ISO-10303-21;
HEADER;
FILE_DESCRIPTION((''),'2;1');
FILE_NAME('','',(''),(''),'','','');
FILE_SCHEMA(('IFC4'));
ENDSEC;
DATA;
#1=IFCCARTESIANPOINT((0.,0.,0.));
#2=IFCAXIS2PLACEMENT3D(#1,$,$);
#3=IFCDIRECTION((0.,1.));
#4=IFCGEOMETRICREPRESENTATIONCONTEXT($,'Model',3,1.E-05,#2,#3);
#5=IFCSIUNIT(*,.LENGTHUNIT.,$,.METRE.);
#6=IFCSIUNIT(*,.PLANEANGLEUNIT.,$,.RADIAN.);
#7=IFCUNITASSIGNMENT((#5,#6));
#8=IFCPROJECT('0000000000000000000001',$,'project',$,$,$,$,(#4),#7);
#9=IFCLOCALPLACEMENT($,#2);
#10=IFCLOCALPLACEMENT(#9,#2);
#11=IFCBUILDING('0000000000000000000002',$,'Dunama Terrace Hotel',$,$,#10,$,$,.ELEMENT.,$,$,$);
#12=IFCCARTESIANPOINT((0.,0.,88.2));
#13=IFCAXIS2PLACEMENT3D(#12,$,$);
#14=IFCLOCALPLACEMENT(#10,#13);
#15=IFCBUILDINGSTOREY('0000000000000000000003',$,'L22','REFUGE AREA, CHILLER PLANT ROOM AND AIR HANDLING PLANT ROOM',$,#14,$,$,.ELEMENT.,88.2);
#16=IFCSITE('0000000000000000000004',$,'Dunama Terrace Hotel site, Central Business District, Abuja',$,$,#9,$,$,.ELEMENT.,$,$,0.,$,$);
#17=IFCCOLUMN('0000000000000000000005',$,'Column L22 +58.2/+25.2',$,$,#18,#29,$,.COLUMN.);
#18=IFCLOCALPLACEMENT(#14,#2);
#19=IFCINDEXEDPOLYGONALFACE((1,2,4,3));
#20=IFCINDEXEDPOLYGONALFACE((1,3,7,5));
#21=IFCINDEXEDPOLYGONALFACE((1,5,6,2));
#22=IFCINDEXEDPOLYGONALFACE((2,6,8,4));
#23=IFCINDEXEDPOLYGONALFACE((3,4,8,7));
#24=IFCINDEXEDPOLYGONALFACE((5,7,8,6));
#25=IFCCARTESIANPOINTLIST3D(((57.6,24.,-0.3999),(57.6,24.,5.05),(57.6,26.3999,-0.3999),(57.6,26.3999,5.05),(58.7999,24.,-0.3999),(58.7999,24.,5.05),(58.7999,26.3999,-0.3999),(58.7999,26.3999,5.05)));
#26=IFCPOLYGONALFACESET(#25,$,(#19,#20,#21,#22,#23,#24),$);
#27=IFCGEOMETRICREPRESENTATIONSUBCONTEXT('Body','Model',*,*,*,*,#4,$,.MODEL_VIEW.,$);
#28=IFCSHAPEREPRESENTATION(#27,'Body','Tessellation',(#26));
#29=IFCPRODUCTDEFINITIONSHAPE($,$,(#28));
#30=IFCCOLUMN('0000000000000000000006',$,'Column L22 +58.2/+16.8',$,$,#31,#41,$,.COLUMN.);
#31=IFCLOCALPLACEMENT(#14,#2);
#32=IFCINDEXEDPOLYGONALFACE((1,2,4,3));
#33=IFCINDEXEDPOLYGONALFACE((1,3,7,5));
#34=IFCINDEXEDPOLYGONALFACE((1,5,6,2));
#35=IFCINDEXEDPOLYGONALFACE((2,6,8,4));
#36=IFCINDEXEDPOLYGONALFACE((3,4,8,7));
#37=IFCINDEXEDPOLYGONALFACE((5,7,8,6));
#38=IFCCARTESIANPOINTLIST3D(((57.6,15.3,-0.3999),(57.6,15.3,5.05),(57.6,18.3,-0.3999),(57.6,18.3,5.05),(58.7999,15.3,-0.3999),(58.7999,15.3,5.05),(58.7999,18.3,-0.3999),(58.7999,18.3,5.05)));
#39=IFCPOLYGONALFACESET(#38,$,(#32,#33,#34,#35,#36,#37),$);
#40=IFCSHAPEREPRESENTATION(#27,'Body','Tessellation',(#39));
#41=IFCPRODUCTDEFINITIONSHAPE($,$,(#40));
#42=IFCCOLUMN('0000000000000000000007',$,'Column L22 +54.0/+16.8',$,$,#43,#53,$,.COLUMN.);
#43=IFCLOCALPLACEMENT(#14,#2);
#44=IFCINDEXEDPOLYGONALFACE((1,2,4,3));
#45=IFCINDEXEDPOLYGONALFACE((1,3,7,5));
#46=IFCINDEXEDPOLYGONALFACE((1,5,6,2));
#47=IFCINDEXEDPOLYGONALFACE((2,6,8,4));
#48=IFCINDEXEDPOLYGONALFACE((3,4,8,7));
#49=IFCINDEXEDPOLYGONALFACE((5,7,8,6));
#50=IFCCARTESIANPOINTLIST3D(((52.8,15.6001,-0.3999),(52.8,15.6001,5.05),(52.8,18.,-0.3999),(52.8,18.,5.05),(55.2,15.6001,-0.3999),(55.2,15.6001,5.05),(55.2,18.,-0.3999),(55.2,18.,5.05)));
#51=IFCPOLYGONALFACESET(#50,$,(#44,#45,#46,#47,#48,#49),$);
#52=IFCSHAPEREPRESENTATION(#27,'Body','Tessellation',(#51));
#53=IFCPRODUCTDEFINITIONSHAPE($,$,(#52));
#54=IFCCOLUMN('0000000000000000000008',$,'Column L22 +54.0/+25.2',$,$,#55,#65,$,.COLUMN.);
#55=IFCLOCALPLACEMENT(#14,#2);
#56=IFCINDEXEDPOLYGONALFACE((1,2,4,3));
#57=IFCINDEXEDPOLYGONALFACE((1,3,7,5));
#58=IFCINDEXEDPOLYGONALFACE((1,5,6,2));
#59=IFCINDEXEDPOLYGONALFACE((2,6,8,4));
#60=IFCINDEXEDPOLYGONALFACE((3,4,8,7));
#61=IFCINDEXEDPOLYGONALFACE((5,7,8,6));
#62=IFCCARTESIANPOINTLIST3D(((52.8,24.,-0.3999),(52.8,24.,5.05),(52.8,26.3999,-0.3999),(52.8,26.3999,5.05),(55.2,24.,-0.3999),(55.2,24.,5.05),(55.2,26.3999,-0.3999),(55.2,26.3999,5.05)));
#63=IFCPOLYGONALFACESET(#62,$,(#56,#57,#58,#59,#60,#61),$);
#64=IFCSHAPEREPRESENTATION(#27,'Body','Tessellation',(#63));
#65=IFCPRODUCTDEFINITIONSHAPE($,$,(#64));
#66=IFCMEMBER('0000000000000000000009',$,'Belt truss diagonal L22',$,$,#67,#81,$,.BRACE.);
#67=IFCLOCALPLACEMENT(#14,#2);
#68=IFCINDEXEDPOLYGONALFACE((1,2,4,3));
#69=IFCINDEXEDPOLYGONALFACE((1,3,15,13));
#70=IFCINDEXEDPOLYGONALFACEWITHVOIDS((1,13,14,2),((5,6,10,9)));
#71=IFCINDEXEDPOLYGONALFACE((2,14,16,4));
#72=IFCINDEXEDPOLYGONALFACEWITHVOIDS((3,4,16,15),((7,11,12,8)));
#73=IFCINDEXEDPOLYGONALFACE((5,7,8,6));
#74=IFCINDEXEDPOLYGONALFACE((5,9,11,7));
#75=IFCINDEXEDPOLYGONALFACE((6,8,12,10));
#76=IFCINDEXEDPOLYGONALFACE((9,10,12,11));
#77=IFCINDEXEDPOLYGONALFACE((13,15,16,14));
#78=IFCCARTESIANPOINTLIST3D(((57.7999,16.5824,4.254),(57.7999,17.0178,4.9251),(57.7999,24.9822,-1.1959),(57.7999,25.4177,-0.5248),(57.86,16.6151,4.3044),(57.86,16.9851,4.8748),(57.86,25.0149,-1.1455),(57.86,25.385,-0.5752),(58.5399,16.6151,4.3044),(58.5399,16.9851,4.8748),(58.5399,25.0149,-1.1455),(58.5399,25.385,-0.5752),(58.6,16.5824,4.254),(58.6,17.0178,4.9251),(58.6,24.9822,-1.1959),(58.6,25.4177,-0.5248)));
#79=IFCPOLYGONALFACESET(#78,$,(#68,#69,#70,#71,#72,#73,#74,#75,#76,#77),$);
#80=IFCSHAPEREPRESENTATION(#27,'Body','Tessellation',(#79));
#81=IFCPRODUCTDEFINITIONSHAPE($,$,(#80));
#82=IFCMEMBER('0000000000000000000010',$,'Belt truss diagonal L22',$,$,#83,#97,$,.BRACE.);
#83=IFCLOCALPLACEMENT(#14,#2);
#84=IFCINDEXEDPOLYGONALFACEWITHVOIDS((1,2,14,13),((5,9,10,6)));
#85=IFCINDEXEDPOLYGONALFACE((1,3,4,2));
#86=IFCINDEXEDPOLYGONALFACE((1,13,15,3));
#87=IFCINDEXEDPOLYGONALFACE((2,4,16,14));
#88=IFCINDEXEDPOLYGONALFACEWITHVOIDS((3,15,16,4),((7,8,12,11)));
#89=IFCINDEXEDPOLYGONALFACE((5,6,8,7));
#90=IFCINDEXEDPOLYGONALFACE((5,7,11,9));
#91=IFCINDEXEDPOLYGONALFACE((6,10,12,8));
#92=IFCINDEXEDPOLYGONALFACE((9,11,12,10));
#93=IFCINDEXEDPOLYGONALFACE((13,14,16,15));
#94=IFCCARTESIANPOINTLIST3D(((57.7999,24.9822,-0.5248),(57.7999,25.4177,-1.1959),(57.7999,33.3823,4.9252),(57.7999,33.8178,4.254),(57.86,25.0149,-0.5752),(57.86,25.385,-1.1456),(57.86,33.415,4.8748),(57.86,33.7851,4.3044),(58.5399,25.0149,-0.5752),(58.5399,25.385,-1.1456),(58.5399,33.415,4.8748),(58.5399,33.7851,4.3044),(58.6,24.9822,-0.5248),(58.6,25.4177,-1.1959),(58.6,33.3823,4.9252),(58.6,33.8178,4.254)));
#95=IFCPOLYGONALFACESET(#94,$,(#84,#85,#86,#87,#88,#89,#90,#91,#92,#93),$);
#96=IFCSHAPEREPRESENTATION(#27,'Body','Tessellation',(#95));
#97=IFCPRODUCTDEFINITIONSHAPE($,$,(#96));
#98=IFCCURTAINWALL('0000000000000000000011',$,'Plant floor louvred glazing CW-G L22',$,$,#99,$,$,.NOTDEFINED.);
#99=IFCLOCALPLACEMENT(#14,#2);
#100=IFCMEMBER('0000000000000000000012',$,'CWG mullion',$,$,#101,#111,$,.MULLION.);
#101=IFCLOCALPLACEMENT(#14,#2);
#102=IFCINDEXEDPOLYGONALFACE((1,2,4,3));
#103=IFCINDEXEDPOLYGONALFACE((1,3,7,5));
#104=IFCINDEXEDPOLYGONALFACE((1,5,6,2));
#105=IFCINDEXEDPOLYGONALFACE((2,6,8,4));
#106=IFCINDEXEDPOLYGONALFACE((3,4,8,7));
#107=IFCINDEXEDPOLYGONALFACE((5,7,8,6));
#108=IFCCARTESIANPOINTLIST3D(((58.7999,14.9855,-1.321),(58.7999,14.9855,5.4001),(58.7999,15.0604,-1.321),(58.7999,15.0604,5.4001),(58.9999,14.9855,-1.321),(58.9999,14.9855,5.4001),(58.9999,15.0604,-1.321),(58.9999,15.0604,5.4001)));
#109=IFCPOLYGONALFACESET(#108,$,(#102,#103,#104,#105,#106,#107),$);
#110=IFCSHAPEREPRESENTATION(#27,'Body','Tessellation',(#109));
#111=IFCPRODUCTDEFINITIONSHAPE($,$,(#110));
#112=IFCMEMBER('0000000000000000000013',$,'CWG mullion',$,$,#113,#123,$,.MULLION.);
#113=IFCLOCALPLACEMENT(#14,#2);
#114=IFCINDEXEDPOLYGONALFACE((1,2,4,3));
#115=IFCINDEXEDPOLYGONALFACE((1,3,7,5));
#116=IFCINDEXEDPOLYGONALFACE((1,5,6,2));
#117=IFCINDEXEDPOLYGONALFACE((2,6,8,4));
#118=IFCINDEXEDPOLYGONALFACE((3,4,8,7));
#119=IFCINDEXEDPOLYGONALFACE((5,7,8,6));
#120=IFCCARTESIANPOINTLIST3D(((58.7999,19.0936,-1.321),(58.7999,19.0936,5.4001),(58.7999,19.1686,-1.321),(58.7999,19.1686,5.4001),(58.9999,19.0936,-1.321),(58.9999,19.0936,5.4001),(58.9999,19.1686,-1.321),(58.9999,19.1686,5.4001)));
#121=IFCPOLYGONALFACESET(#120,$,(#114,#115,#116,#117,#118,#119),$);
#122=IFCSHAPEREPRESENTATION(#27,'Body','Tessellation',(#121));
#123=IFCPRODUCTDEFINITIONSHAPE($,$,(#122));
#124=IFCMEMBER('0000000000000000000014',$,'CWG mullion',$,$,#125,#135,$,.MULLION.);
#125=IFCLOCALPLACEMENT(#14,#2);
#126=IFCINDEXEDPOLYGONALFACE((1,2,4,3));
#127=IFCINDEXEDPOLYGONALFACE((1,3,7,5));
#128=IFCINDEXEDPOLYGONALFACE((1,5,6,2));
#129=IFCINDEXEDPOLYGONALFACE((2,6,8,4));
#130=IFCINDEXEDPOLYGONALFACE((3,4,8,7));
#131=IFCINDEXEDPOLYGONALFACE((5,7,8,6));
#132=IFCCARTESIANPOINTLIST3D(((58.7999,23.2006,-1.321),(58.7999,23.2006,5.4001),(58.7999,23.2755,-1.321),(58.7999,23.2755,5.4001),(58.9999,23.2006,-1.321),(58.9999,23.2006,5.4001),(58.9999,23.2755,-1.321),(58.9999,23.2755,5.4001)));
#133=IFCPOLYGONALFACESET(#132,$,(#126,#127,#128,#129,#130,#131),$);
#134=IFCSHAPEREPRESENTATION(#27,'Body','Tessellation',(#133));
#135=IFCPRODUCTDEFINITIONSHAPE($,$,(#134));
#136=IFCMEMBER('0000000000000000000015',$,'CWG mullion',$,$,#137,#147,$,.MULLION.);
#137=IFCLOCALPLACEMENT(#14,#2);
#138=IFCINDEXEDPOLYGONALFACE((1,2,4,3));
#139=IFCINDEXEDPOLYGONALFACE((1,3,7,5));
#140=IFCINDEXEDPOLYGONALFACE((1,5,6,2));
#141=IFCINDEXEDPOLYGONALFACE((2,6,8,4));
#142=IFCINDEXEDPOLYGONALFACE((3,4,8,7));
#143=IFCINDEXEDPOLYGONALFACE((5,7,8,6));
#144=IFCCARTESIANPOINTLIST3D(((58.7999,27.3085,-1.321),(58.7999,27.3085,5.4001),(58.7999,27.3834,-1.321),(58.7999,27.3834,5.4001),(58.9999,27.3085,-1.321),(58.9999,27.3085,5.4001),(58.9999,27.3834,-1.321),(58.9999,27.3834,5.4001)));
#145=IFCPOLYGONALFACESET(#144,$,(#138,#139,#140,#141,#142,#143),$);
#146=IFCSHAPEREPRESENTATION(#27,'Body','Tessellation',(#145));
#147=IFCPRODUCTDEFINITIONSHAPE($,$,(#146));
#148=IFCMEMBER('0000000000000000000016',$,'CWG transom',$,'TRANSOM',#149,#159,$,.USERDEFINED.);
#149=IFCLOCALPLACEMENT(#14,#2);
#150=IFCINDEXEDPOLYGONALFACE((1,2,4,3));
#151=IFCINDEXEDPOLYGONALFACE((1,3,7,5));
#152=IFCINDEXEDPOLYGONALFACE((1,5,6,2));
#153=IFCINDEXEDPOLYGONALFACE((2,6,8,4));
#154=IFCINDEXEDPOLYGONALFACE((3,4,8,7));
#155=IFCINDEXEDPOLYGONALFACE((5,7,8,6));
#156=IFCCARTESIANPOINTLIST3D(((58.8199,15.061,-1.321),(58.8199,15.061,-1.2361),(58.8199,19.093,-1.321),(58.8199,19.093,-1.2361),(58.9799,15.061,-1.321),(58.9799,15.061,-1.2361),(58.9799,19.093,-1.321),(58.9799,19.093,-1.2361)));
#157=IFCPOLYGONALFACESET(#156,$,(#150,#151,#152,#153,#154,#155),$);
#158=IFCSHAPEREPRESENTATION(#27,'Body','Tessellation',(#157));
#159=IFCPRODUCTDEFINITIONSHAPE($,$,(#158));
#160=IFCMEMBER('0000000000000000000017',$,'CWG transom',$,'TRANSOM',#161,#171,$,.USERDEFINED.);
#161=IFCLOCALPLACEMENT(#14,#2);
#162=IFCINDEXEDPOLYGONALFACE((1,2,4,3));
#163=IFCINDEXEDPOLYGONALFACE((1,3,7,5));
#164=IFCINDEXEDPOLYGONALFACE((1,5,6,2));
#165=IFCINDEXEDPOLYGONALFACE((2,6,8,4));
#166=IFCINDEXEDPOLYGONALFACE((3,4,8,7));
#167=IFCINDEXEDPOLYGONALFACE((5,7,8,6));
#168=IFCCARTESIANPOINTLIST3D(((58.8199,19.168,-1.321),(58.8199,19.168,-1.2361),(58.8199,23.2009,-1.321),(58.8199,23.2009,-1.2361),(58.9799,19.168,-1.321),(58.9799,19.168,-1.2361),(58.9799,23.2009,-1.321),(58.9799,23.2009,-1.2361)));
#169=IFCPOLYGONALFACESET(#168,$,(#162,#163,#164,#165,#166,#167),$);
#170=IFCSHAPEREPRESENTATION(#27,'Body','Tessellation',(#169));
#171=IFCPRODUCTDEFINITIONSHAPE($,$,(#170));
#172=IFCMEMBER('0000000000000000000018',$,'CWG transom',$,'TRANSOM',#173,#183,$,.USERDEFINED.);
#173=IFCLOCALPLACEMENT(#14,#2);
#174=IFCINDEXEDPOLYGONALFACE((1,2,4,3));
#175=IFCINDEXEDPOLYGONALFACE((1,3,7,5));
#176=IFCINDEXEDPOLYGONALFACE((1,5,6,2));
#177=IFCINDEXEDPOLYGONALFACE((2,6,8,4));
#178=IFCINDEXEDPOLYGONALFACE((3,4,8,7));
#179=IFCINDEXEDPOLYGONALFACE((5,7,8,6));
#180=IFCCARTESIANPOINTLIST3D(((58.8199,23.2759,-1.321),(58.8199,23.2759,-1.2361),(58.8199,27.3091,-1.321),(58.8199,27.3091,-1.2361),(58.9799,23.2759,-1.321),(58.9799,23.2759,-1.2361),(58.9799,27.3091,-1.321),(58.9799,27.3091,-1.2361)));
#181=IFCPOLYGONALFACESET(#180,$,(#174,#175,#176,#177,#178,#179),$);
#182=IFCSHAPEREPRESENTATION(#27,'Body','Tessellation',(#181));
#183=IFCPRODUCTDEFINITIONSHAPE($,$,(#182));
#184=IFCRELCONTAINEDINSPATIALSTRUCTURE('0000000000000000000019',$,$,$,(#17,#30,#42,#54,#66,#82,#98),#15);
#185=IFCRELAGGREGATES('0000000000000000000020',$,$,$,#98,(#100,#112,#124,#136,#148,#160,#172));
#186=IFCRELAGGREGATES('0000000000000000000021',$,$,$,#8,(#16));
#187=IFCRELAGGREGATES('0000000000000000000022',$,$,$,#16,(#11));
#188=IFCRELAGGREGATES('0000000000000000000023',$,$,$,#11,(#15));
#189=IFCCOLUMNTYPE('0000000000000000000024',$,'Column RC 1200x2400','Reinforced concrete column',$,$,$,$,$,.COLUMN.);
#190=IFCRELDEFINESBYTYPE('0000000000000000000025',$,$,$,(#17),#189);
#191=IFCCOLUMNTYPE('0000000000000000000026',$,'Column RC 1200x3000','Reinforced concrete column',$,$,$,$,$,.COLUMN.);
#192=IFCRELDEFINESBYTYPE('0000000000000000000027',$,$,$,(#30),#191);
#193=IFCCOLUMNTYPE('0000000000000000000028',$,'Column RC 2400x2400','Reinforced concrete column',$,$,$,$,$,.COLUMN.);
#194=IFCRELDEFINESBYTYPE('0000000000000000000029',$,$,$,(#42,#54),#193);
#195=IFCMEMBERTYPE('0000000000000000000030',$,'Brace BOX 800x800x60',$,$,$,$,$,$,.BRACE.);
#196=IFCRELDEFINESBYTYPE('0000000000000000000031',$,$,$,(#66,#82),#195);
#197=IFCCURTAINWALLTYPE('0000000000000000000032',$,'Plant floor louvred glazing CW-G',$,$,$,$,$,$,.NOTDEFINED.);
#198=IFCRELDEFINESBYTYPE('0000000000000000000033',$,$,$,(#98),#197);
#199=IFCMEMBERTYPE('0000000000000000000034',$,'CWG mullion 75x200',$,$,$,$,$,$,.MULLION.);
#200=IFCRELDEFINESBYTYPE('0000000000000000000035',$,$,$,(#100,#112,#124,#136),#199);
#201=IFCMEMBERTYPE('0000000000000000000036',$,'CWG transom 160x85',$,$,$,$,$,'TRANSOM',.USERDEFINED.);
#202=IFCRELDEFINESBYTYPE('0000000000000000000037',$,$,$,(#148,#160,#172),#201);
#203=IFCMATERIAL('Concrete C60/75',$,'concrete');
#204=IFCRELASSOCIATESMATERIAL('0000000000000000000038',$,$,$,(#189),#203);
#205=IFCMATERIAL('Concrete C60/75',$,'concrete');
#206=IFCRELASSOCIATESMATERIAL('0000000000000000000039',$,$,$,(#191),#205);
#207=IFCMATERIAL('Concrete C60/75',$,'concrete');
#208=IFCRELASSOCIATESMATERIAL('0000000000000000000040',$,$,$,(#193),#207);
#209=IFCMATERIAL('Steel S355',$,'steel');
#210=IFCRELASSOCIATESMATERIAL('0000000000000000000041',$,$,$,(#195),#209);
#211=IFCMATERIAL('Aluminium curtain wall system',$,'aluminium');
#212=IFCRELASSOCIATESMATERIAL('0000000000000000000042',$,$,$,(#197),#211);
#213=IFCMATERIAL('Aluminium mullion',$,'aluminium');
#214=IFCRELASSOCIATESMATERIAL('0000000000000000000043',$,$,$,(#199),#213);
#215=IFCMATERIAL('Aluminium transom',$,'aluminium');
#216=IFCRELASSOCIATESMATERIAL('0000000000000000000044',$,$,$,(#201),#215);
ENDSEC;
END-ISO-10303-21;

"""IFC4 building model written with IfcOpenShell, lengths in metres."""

from ifc_helpers import new_model, si_unit, direction, frame, origin, origin_2d, place, context, subcontext, project, spatial, rectangle, hollow_rectangle, extrude, material, material_profile, profile_set, type_object, element, aggregate, save


model = new_model("IFC4")

# Units and contexts
model_context = context("Model", 3, precision=1e-05, world=origin(), true_north=direction((0.0, 1.0)))
body_context = subcontext(model_context, "Body", "Model", "MODEL_VIEW")
ifc_project = project(units=[si_unit("LENGTHUNIT", "METRE"), si_unit("PLANEANGLEUNIT", "RADIAN")], contexts=[model_context])

# Site, building, storey
site_placement = place(None, origin())
site = spatial("IfcSite", under=ifc_project, at=site_placement, Name="Dunama Terrace Hotel site, Central Business District, Abuja", CompositionType="ELEMENT", RefElevation=0.0)
building_placement = place(site_placement, origin())
building = spatial("IfcBuilding", under=site, at=building_placement, Name="Dunama Terrace Hotel", CompositionType="ELEMENT")
storey_placement = place(building_placement, frame((0.0, 0.0, 88.2)))
storey = spatial("IfcBuildingStorey", under=building, at=storey_placement, Name="L22", Description="REFUGE AREA, CHILLER PLANT ROOM AND AIR HANDLING PLANT ROOM", CompositionType="ELEMENT", Elevation=88.2)

# Columns
ifc_material_1 = material(Name="Concrete C60/75", Category="concrete")
ifc_material_profile_1 = material_profile(ifc_material_1, rectangle(XDim=1.2, YDim=2.3999, at=origin_2d()), Name="RC 1200x2400")
ifc_profile_set_1 = profile_set([ifc_material_profile_1], Name="Concrete C60/75")
column_type_1 = type_object("IfcColumnType", Name="Column RC 1200x2400", Description="Reinforced concrete column", PredefinedType="COLUMN", material=ifc_profile_set_1)
column_1_placement = place(storey_placement, frame((58.2, 25.2, -0.3999), z_axis=(0.0, 0.0, 1.0), x_axis=(1.0, 0.0, 0.0)))
element("IfcColumn", 1, at=column_1_placement, inside=storey, type_object=column_type_1, Name="Column L22 +58.2/+25.2", PredefinedType="COLUMN", context=body_context, shape_type="SweptSolid", body=[
    extrude(rectangle(XDim=1.2, YDim=2.3999, at=origin_2d()), origin(), (0.0, 0.0, 1.0), 5.45),
])
ifc_material_2 = material(Name="Concrete C60/75", Category="concrete")
ifc_material_profile_2 = material_profile(ifc_material_2, rectangle(XDim=1.2, YDim=3.0, at=origin_2d()), Name="RC 1200x3000")
ifc_profile_set_2 = profile_set([ifc_material_profile_2], Name="Concrete C60/75")
column_type_2 = type_object("IfcColumnType", Name="Column RC 1200x3000", Description="Reinforced concrete column", PredefinedType="COLUMN", material=ifc_profile_set_2)
column_2_placement = place(storey_placement, frame((58.2, 16.8, -0.3999), z_axis=(0.0, 0.0, 1.0), x_axis=(1.0, 0.0, 0.0)))
element("IfcColumn", 2, at=column_2_placement, inside=storey, type_object=column_type_2, Name="Column L22 +58.2/+16.8", PredefinedType="COLUMN", context=body_context, shape_type="SweptSolid", body=[
    extrude(rectangle(XDim=1.2, YDim=3.0, at=origin_2d()), origin(), (0.0, 0.0, 1.0), 5.45),
])
ifc_material_3 = material(Name="Concrete C60/75", Category="concrete")
ifc_material_profile_3 = material_profile(ifc_material_3, rectangle(XDim=2.3999, YDim=2.3999, at=origin_2d()), Name="RC 2400x2400")
ifc_profile_set_3 = profile_set([ifc_material_profile_3], Name="Concrete C60/75")
column_type_3 = type_object("IfcColumnType", Name="Column RC 2400x2400", Description="Reinforced concrete column", PredefinedType="COLUMN", material=ifc_profile_set_3)
for number, where, z_axis, x_axis, name in (
    (3, (54.0, 16.8, -0.3999), (0.0, 0.0, 1.0), (1.0, 0.0, 0.0), "Column L22 +54.0/+16.8"),
    (4, (54.0, 25.2, -0.3999), (0.0, 0.0, 1.0), (1.0, 0.0, 0.0), "Column L22 +54.0/+25.2"),
):
    element("IfcColumn", number, at=place(storey_placement, frame(where, z_axis=z_axis, x_axis=x_axis)), inside=storey, type_object=column_type_3, Name=name, PredefinedType="COLUMN", context=body_context, shape_type="SweptSolid", body=[
        extrude(rectangle(XDim=2.3999, YDim=2.3999, at=origin_2d()), origin(), (0.0, 0.0, 1.0), 5.45),
    ])

# Members
ifc_material_4 = material(Name="Steel S355", Category="steel")
ifc_material_profile_4 = material_profile(ifc_material_4, hollow_rectangle(XDim=0.8, YDim=0.8, WallThickness=0.0601, at=origin_2d()), Name="BOX 800x800x60")
ifc_profile_set_4 = profile_set([ifc_material_profile_4], Name="Steel S355")
member_type_1 = type_object("IfcMemberType", Name="Brace BOX 800x800x60", PredefinedType="BRACE", material=ifc_profile_set_4)
member_1_placement = place(storey_placement, frame((58.2, 25.2, -0.8604), z_axis=(0.0, -0.838899, 0.544287), x_axis=(1.0, 0.0, 0.0)))
element("IfcMember", 5, at=member_1_placement, inside=storey, type_object=member_type_1, Name="Belt truss diagonal L22", PredefinedType="BRACE", context=body_context, shape_type="SweptSolid", body=[
    extrude(hollow_rectangle(XDim=0.8, YDim=0.8, WallThickness=0.0601, at=origin_2d()), origin(), (0.0, 0.0, 1.0), 10.0129),
])
member_2_placement = place(storey_placement, frame((58.2, 25.2, -0.8604), z_axis=(0.0, 0.838906, 0.544276), x_axis=(-1.0, 0.0, 0.0)))
element("IfcMember", 6, at=member_2_placement, inside=storey, type_object=member_type_1, Name="Belt truss diagonal L22", PredefinedType="BRACE", context=body_context, shape_type="SweptSolid", body=[
    extrude(hollow_rectangle(XDim=0.8, YDim=0.8, WallThickness=0.0601, at=origin_2d()), origin(), (0.0, 0.0, 1.0), 10.0132),
])

# Curtain wall, members
ifc_material_5 = material(Name="Aluminium curtain wall system", Category="aluminium")
curtain_wall_type = type_object("IfcCurtainWallType", Name="Plant floor louvred glazing CW-G", PredefinedType="NOTDEFINED", material=ifc_material_5)
curtain_wall_placement = place(storey_placement, origin())
curtain_wall = element("IfcCurtainWall", 7, at=curtain_wall_placement, inside=storey, type_object=curtain_wall_type, Name="Plant floor louvred glazing CW-G L22", PredefinedType="NOTDEFINED")
ifc_material_6 = material(Name="Aluminium mullion", Category="aluminium")
ifc_material_profile_5 = material_profile(ifc_material_6, rectangle(XDim=0.075, YDim=0.2, at=origin_2d()), Name="CWG MULLION 75X200")
ifc_profile_set_5 = profile_set([ifc_material_profile_5], Name="Aluminium mullion")
member_type_2 = type_object("IfcMemberType", Name="CWG mullion 75x200", PredefinedType="MULLION", material=ifc_profile_set_5)
member_3_placement = place(storey_placement, frame((58.8999, 15.0229, -1.321), z_axis=(0.0, 0.0, 1.0), x_axis=(0.0, 1.0, 0.0)))
member_3 = element("IfcMember", 8, at=member_3_placement, type_object=member_type_2, Name="CWG mullion", PredefinedType="MULLION", context=body_context, shape_type="SweptSolid", body=[
    extrude(rectangle(XDim=0.075, YDim=0.2, at=origin_2d()), origin(), (0.0, 0.0, 1.0), 6.7212),
])
member_4_placement = place(storey_placement, frame((58.8999, 19.1311, -1.321), z_axis=(0.0, 0.0, 1.0), x_axis=(0.0, 1.0, 0.0)))
member_4 = element("IfcMember", 9, at=member_4_placement, type_object=member_type_2, Name="CWG mullion", PredefinedType="MULLION", context=body_context, shape_type="SweptSolid", body=[
    extrude(rectangle(XDim=0.075, YDim=0.2, at=origin_2d()), origin(), (0.0, 0.0, 1.0), 6.7212),
])
member_5_placement = place(storey_placement, frame((58.8999, 23.238, -1.321), z_axis=(0.0, 0.0, 1.0), x_axis=(0.0, 1.0, 0.0)))
member_5 = element("IfcMember", 10, at=member_5_placement, type_object=member_type_2, Name="CWG mullion", PredefinedType="MULLION", context=body_context, shape_type="SweptSolid", body=[
    extrude(rectangle(XDim=0.075, YDim=0.2, at=origin_2d()), origin(), (0.0, 0.0, 1.0), 6.7212),
])
member_6_placement = place(storey_placement, frame((58.8999, 27.3459, -1.321), z_axis=(0.0, 0.0, 1.0), x_axis=(0.0, 1.0, 0.0)))
member_6 = element("IfcMember", 11, at=member_6_placement, type_object=member_type_2, Name="CWG mullion", PredefinedType="MULLION", context=body_context, shape_type="SweptSolid", body=[
    extrude(rectangle(XDim=0.075, YDim=0.2, at=origin_2d()), origin(), (0.0, 0.0, 1.0), 6.7212),
])
ifc_material_7 = material(Name="Aluminium transom", Category="aluminium")
ifc_material_profile_6 = material_profile(ifc_material_7, rectangle(XDim=0.1599, YDim=0.085, at=origin_2d()), Name="CWG TRANSOM 160X85")
ifc_profile_set_6 = profile_set([ifc_material_profile_6], Name="Aluminium transom")
member_type_3 = type_object("IfcMemberType", Name="CWG transom 160x85", ElementType="TRANSOM", PredefinedType="USERDEFINED", material=ifc_profile_set_6)
member_7_placement = place(storey_placement, frame((58.8999, 15.061, -1.2786), z_axis=(0.0, 1.0, 0.0), x_axis=(-1.0, 0.0, 0.0)))
member_7 = element("IfcMember", 12, at=member_7_placement, type_object=member_type_3, Name="CWG transom", ObjectType="TRANSOM", PredefinedType="USERDEFINED", context=body_context, shape_type="SweptSolid", body=[
    extrude(rectangle(XDim=0.1599, YDim=0.085, at=origin_2d()), origin(), (0.0, 0.0, 1.0), 4.032),
])
member_8_placement = place(storey_placement, frame((58.8999, 19.168, -1.2786), z_axis=(0.0, 1.0, 0.0), x_axis=(-1.0, 0.0, 0.0)))
member_8 = element("IfcMember", 13, at=member_8_placement, type_object=member_type_3, Name="CWG transom", ObjectType="TRANSOM", PredefinedType="USERDEFINED", context=body_context, shape_type="SweptSolid", body=[
    extrude(rectangle(XDim=0.1599, YDim=0.085, at=origin_2d()), origin(), (0.0, 0.0, 1.0), 4.033),
])
member_9_placement = place(storey_placement, frame((58.8999, 23.2759, -1.2786), z_axis=(0.0, 1.0, 0.0), x_axis=(-1.0, 0.0, 0.0)))
member_9 = element("IfcMember", 14, at=member_9_placement, type_object=member_type_3, Name="CWG transom", ObjectType="TRANSOM", PredefinedType="USERDEFINED", context=body_context, shape_type="SweptSolid", body=[
    extrude(rectangle(XDim=0.1599, YDim=0.085, at=origin_2d()), origin(), (0.0, 0.0, 1.0), 4.0332),
])

aggregate(curtain_wall, [member_3, member_4, member_5, member_6, member_7, member_8, member_9])

save(model, "model.ifc")
